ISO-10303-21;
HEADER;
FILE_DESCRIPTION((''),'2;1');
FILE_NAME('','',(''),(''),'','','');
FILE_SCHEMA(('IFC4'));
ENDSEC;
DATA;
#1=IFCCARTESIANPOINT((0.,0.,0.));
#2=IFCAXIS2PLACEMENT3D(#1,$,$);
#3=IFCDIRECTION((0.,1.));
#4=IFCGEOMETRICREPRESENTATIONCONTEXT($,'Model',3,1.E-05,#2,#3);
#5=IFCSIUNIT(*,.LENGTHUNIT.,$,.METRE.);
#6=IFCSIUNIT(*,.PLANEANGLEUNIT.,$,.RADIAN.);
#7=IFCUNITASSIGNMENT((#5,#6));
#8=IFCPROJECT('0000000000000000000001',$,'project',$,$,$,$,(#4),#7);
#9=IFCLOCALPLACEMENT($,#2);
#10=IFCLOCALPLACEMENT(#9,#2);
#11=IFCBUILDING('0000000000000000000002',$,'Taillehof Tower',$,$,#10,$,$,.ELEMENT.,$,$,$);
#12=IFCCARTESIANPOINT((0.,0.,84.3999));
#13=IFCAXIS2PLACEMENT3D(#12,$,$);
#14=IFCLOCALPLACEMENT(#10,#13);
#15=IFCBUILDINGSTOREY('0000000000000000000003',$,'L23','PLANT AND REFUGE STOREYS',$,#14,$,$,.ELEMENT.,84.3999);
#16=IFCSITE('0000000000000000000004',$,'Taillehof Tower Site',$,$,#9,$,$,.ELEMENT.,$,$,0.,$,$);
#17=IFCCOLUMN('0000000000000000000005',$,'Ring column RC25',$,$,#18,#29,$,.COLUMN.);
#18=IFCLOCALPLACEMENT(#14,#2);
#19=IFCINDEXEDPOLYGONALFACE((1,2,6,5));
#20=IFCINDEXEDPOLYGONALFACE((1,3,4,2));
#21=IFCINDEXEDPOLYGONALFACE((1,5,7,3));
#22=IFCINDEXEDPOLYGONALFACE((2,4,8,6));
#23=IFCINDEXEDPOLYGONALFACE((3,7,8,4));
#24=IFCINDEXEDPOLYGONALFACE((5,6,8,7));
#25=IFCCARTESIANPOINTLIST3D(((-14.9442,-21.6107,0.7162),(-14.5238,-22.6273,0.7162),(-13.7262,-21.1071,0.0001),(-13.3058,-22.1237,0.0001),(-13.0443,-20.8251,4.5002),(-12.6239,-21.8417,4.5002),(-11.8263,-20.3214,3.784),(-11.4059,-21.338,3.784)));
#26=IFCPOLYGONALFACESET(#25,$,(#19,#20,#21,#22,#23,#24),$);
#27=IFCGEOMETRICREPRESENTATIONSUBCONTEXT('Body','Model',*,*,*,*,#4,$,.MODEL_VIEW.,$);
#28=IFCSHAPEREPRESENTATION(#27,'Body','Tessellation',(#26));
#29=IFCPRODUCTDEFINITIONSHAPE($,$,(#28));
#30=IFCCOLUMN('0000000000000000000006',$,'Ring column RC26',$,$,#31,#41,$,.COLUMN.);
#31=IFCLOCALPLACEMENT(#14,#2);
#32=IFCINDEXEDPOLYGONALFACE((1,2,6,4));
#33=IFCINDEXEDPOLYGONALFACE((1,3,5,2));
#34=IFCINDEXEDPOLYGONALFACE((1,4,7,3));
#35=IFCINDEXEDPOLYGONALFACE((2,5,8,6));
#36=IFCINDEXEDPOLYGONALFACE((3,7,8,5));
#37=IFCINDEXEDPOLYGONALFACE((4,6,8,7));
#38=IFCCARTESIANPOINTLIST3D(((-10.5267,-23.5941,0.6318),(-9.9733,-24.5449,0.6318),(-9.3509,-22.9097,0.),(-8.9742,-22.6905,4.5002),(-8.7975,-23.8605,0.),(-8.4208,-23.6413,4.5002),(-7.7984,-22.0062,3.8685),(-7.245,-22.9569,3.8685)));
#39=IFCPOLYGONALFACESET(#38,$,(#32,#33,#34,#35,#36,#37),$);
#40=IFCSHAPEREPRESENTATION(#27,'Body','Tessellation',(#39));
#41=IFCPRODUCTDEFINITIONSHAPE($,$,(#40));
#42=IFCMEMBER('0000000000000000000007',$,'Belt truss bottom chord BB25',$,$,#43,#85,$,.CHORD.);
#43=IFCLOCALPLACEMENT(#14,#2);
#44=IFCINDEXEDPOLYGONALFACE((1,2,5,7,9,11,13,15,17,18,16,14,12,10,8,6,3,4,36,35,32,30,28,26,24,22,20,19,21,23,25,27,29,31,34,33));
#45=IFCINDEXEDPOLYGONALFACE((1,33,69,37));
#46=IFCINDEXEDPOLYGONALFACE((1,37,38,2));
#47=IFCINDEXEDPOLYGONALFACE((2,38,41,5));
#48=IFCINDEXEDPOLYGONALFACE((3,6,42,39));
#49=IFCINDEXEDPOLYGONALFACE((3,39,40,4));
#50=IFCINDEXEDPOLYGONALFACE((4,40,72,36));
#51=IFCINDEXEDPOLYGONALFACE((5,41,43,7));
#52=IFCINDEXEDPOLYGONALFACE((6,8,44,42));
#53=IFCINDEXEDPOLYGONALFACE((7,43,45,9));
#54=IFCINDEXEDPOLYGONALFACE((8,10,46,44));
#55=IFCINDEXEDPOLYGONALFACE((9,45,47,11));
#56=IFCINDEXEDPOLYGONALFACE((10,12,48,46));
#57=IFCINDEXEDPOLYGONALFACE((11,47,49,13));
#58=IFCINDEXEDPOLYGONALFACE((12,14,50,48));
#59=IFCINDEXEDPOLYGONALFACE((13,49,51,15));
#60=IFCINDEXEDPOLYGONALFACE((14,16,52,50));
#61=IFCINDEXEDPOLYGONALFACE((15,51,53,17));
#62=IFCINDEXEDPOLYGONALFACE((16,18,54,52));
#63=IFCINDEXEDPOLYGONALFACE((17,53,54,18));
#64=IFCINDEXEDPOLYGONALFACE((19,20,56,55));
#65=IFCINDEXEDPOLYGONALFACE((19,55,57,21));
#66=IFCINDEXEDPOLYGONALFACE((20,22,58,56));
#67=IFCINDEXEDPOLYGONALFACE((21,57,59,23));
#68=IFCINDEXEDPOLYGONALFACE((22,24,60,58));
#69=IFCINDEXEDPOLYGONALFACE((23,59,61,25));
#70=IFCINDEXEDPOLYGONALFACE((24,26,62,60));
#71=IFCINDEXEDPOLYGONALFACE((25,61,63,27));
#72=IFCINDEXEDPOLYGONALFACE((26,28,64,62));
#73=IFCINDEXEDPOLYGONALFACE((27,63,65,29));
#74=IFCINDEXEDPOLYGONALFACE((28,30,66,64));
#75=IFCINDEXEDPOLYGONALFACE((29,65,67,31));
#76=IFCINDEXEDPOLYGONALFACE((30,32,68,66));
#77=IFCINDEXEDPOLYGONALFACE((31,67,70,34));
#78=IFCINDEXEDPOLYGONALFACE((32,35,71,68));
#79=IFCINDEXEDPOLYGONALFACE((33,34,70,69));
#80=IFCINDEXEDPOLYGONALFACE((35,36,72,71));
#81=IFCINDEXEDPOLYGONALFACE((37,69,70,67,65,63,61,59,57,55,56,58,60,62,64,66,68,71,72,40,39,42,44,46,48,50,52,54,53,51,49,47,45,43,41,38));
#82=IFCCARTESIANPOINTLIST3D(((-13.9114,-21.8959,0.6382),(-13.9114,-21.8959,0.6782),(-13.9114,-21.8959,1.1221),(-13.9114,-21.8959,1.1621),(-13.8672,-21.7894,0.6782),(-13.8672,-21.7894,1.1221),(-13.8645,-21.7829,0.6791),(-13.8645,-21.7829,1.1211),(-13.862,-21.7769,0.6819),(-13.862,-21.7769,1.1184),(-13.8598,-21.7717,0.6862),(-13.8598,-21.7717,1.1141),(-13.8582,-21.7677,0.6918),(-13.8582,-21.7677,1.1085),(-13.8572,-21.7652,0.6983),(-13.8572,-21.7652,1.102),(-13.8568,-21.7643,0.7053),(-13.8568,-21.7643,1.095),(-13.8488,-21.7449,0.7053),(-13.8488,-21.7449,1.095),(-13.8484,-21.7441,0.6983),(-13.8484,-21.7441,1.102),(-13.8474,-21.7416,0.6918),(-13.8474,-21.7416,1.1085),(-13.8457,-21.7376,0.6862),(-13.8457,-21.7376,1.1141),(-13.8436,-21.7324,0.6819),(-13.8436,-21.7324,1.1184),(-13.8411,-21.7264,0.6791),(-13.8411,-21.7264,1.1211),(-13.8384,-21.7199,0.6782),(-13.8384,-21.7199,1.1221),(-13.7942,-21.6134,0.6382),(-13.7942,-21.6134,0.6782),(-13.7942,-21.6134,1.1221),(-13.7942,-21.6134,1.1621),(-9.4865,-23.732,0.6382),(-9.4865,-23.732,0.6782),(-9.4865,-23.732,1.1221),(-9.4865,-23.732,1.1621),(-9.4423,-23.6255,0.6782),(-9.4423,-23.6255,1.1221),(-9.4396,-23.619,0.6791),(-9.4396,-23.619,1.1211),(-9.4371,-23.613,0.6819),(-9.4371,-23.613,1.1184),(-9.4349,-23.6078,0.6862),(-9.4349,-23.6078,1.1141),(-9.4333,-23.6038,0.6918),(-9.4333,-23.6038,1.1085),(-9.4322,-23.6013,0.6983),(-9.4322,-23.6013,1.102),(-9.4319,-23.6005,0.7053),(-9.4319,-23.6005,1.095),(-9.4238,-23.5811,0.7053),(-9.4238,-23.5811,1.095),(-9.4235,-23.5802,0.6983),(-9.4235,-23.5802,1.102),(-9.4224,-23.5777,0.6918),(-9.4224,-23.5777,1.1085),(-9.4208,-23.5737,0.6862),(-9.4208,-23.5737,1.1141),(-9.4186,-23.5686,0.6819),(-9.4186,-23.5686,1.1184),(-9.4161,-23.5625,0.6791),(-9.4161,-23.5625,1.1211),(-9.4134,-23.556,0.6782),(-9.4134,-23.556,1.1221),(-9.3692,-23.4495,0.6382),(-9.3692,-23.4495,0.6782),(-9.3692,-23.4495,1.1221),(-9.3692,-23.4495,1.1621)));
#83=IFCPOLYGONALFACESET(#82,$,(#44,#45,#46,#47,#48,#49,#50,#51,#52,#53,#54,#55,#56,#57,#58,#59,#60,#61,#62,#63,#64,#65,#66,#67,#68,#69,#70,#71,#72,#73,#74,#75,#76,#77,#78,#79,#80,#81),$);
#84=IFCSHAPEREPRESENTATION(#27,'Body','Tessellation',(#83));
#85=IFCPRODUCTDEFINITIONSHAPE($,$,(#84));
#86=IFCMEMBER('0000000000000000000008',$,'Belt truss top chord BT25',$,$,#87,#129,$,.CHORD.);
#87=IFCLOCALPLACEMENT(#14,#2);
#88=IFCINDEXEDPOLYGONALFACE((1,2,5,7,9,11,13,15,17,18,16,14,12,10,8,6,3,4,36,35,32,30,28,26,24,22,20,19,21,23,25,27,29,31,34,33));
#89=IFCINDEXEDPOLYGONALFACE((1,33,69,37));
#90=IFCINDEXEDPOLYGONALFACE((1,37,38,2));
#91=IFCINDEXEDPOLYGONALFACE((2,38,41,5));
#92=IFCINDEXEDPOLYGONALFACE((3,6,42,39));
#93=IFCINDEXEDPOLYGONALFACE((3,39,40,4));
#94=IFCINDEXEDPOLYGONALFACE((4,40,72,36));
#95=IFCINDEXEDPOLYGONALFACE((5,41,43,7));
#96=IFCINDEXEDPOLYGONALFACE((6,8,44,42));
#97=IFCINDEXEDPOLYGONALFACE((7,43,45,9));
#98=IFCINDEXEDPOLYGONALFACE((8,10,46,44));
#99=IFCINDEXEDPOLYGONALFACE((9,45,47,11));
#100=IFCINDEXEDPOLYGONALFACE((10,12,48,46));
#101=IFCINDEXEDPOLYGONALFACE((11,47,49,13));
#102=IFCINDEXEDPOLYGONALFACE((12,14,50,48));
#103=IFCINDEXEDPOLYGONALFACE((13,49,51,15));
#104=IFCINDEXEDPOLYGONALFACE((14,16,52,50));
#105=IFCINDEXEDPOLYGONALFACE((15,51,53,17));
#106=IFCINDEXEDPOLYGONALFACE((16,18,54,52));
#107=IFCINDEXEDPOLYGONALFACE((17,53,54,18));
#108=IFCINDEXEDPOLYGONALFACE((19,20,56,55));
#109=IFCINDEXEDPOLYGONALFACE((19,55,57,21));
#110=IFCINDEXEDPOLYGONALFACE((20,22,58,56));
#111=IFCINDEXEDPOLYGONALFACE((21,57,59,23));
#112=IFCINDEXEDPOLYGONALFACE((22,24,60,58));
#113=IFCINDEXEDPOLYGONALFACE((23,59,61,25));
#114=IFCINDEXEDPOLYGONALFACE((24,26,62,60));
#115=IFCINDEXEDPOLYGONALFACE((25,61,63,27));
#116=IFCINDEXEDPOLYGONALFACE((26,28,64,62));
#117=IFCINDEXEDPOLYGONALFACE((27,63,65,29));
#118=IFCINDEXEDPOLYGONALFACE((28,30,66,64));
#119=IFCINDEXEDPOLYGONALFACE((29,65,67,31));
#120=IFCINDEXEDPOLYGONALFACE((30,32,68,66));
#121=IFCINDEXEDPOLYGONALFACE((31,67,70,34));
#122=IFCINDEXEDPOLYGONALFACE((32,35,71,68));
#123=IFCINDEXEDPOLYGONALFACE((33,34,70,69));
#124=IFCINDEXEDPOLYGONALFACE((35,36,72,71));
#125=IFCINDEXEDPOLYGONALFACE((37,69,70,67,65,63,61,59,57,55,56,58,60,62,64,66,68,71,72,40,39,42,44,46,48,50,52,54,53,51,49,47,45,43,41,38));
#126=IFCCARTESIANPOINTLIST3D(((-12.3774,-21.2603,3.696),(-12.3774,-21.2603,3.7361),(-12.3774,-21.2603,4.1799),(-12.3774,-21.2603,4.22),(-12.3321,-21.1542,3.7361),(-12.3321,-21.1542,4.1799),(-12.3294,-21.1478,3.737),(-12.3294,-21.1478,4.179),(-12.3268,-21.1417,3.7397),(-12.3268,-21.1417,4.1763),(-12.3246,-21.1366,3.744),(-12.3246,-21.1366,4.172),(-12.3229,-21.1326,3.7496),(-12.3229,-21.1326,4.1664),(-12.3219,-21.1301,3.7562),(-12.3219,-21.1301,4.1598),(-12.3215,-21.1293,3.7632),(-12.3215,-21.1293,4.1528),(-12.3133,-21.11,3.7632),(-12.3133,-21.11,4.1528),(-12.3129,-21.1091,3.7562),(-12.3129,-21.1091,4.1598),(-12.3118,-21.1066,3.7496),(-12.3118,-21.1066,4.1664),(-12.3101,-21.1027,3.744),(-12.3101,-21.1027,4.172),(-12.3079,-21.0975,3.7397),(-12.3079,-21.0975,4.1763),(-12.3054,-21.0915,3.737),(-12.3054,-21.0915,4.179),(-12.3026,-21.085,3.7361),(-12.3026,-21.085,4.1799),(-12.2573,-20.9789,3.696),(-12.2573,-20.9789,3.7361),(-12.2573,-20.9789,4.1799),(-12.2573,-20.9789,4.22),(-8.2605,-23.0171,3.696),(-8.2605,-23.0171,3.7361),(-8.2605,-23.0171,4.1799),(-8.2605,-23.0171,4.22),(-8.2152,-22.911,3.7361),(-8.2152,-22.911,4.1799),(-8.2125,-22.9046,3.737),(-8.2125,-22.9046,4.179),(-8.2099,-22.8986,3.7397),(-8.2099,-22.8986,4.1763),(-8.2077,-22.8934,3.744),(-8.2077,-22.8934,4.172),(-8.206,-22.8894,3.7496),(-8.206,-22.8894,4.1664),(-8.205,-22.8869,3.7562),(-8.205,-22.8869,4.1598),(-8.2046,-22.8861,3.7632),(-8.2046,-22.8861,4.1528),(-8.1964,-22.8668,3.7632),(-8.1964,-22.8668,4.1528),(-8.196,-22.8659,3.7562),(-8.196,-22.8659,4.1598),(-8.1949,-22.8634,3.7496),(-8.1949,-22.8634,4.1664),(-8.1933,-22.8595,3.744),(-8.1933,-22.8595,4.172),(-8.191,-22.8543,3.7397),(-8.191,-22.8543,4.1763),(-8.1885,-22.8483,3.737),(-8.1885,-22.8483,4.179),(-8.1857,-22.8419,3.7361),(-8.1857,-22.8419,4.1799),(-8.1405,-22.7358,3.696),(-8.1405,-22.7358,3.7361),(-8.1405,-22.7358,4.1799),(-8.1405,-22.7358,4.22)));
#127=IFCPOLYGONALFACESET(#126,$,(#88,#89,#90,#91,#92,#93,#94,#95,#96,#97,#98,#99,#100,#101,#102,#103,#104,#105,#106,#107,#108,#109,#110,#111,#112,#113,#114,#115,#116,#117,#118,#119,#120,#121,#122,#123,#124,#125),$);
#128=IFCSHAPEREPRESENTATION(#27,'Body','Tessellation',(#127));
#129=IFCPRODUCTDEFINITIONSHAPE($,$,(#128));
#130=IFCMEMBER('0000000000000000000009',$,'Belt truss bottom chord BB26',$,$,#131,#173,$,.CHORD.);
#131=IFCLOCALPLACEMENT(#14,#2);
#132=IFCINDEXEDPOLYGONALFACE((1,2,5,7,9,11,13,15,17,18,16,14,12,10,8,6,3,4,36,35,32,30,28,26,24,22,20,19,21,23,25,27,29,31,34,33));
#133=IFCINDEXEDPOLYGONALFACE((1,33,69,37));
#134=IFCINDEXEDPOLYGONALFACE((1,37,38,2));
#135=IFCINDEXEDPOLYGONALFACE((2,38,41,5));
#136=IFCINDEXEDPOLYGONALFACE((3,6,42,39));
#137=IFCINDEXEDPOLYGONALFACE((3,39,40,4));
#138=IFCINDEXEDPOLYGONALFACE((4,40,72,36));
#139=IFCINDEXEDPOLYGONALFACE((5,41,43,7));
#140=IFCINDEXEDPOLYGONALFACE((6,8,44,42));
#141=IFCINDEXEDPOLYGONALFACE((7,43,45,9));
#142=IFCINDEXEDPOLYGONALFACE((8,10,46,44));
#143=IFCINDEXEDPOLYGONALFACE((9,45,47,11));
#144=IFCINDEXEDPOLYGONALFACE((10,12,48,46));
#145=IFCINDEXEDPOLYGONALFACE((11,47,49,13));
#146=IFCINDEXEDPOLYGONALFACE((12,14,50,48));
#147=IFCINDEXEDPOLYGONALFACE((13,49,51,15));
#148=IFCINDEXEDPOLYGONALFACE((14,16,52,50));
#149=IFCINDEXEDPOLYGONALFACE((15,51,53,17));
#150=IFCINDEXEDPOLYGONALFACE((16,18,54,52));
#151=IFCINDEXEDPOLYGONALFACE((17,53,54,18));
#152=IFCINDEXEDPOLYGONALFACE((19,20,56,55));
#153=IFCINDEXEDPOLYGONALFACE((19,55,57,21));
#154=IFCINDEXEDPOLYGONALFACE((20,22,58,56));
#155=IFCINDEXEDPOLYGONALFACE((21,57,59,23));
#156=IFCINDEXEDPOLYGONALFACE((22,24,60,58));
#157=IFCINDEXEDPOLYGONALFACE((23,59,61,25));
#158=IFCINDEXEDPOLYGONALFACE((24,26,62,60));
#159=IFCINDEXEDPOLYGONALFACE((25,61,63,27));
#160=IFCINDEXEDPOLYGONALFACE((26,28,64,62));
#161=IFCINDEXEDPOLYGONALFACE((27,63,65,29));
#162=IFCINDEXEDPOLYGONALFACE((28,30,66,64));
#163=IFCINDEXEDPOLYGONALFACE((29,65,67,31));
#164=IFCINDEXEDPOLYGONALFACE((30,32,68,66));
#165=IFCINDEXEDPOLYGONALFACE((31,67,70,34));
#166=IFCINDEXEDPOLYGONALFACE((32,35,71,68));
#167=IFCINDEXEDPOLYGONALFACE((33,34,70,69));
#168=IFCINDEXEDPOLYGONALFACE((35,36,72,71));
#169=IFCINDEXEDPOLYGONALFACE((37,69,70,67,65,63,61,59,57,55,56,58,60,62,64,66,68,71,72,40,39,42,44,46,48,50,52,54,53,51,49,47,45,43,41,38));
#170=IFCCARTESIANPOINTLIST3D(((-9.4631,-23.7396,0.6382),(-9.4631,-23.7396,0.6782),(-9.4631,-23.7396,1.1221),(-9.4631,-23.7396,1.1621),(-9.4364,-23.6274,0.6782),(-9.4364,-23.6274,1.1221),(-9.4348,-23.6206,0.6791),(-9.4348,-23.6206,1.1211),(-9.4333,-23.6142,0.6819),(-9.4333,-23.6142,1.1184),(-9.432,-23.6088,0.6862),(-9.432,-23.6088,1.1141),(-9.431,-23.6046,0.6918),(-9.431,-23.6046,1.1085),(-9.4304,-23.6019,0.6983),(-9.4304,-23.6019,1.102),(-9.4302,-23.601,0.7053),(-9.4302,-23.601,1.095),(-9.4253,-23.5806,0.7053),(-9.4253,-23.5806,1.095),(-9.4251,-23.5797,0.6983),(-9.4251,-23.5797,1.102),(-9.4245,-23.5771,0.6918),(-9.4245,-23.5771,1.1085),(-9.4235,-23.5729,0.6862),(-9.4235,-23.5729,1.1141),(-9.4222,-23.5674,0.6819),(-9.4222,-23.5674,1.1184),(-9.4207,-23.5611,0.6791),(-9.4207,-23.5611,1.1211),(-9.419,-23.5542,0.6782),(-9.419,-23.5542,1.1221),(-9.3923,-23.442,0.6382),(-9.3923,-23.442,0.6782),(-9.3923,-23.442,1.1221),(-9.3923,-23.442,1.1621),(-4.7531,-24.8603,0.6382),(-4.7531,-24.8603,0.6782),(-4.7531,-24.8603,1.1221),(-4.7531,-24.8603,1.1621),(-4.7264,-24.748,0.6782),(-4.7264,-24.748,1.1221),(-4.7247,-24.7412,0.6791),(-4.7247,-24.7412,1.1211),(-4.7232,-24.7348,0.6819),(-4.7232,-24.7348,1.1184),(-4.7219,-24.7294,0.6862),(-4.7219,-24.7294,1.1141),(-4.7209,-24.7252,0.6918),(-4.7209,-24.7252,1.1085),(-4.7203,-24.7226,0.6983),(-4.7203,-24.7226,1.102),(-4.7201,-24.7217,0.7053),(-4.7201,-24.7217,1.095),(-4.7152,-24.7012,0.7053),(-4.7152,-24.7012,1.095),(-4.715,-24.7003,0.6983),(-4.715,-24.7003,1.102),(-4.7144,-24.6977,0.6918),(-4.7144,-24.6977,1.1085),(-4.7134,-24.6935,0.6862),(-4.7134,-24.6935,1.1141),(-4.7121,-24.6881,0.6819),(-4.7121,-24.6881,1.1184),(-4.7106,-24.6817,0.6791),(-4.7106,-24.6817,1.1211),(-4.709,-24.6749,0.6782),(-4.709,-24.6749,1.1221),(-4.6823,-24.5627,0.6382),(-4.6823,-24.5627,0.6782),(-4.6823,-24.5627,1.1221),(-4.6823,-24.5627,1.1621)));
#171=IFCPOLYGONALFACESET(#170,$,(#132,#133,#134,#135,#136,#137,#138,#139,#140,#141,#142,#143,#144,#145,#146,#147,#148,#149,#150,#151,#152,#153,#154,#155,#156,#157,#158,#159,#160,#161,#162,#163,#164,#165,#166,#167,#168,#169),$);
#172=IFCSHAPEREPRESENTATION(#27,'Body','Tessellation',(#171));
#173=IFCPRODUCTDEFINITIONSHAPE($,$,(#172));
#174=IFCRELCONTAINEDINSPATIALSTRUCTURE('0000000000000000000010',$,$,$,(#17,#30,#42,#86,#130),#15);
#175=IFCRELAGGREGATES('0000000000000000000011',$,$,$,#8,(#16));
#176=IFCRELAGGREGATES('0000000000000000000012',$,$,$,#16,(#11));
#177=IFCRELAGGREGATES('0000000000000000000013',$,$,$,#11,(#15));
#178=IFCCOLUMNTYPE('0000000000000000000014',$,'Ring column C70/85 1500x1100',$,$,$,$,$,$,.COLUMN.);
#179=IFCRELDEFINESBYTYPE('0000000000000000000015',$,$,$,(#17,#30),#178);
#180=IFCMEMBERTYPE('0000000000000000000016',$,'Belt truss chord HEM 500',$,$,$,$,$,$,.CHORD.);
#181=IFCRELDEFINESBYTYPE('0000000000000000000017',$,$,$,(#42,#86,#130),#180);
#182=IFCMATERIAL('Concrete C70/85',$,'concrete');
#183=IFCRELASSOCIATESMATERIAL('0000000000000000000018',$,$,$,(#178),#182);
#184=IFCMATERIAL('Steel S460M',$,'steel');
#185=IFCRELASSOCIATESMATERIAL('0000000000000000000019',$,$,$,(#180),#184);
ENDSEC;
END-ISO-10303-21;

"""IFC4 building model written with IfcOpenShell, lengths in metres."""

from ifc_helpers import new_model, si_unit, direction, frame, origin, origin_2d, place, context, subcontext, project, spatial, rectangle, i_section, extrude, material, material_profile, profile_set, type_object, element, save


model = new_model("IFC4")

# Units and contexts
model_context = context("Model", 3, precision=1e-05, world=origin(), true_north=direction((0.0, 1.0)))
body_context = subcontext(model_context, "Body", "Model", "MODEL_VIEW")
ifc_project = project(units=[si_unit("LENGTHUNIT", "METRE"), si_unit("PLANEANGLEUNIT", "RADIAN")], contexts=[model_context])

# Site, building, storey
site_placement = place(None, origin())
site = spatial("IfcSite", under=ifc_project, at=site_placement, Name="Taillehof Tower Site", CompositionType="ELEMENT", RefElevation=0.0)
building_placement = place(site_placement, origin())
building = spatial("IfcBuilding", under=site, at=building_placement, Name="Taillehof Tower", CompositionType="ELEMENT")
storey_placement = place(building_placement, frame((0.0, 0.0, 84.3999)))
storey = spatial("IfcBuildingStorey", under=building, at=storey_placement, Name="L23", Description="PLANT AND REFUGE STOREYS", CompositionType="ELEMENT", Elevation=84.3999)

# Columns
ifc_material_1 = material(Name="Concrete C70/85", Category="concrete")
ifc_material_profile_1 = material_profile(ifc_material_1, rectangle(XDim=1.5, YDim=1.1001, at=origin_2d()), Name="RC 1500x1100")
ifc_profile_set_1 = profile_set([ifc_material_profile_1], Name="Concrete C70/85")
column_type = type_object("IfcColumnType", Name="Ring column C70/85 1500x1100", PredefinedType="COLUMN", material=ifc_profile_set_1)
column_1_placement = place(storey_placement, frame((-14.125, -21.8672, 0.3582), z_axis=(0.441182, 0.182437, 0.878678), x_axis=(-0.811992, -0.335774, 0.477414)))
element("IfcColumn", 1, at=column_1_placement, inside=storey, type_object=column_type, Name="Ring column RC25", PredefinedType="COLUMN", context=body_context, shape_type="SweptSolid", body=[
    extrude(rectangle(XDim=1.5, YDim=1.1001, at=origin_2d()), origin(), (0.0, 0.0, 1.0), 4.3064),
])
column_2_placement = place(storey_placement, frame((-9.6621, -23.7273, 0.3159), z_axis=(0.363997, 0.21185, 0.906987), x_axis=(-0.783888, -0.45623, 0.421158)))
element("IfcColumn", 2, at=column_2_placement, inside=storey, type_object=column_type, Name="Ring column RC26", PredefinedType="COLUMN", context=body_context, shape_type="SweptSolid", body=[
    extrude(rectangle(XDim=1.5, YDim=1.1001, at=origin_2d()), origin(), (0.0, 0.0, 1.0), 4.2651),
])

# Members
ifc_material_2 = material(Name="Steel S460M", Category="steel")
ifc_material_profile_2 = material_profile(ifc_material_2, i_section(OverallWidth=0.3059, OverallDepth=0.5239, WebThickness=0.021, FlangeThickness=0.04, FilletRadius=0.0271, at=origin_2d()), Name="HEM 500")
ifc_profile_set_2 = profile_set([ifc_material_profile_2], Name="Steel S460M")
member_type_1 = type_object("IfcMemberType", Name="Belt truss chord HEM 500", PredefinedType="CHORD", material=ifc_profile_set_2)
member_1_placement = place(storey_placement, frame((-13.8528, -21.7546, 0.9001), z_axis=(0.923638, -0.383265, 0.0), x_axis=(0.383265, 0.923638, 0.0)))
element("IfcMember", 3, at=member_1_placement, inside=storey, type_object=member_type_1, Name="Belt truss bottom chord BB25", PredefinedType="CHORD", context=body_context, shape_type="SweptSolid", body=[
    extrude(i_section(OverallWidth=0.3059, OverallDepth=0.5239, WebThickness=0.021, FlangeThickness=0.04, FilletRadius=0.0271, at=origin_2d()), origin(), (0.0, 0.0, 1.0), 4.7908),
])
member_2_placement = place(storey_placement, frame((-12.3174, -21.1196, 3.958), z_axis=(0.919756, -0.39249, 0.0), x_axis=(0.39249, 0.919756, 0.0)))
element("IfcMember", 4, at=member_2_placement, inside=storey, type_object=member_type_1, Name="Belt truss top chord BT25", PredefinedType="CHORD", context=body_context, shape_type="SweptSolid", body=[
    extrude(i_section(OverallWidth=0.3059, OverallDepth=0.5239, WebThickness=0.021, FlangeThickness=0.04, FilletRadius=0.0271, at=origin_2d()), origin(), (0.0, 0.0, 1.0), 4.4761),
])
member_3_placement = place(storey_placement, frame((-9.4277, -23.5908, 0.9001), z_axis=(0.972844, -0.231461, 0.0), x_axis=(0.231461, 0.972844, 0.0)))
element("IfcMember", 5, at=member_3_placement, inside=storey, type_object=member_type_1, Name="Belt truss bottom chord BB26", PredefinedType="CHORD", context=body_context, shape_type="SweptSolid", body=[
    extrude(i_section(OverallWidth=0.3059, OverallDepth=0.5239, WebThickness=0.021, FlangeThickness=0.04, FilletRadius=0.0271, at=origin_2d()), origin(), (0.0, 0.0, 1.0), 4.8416),
])

save(model, "model.ifc")
